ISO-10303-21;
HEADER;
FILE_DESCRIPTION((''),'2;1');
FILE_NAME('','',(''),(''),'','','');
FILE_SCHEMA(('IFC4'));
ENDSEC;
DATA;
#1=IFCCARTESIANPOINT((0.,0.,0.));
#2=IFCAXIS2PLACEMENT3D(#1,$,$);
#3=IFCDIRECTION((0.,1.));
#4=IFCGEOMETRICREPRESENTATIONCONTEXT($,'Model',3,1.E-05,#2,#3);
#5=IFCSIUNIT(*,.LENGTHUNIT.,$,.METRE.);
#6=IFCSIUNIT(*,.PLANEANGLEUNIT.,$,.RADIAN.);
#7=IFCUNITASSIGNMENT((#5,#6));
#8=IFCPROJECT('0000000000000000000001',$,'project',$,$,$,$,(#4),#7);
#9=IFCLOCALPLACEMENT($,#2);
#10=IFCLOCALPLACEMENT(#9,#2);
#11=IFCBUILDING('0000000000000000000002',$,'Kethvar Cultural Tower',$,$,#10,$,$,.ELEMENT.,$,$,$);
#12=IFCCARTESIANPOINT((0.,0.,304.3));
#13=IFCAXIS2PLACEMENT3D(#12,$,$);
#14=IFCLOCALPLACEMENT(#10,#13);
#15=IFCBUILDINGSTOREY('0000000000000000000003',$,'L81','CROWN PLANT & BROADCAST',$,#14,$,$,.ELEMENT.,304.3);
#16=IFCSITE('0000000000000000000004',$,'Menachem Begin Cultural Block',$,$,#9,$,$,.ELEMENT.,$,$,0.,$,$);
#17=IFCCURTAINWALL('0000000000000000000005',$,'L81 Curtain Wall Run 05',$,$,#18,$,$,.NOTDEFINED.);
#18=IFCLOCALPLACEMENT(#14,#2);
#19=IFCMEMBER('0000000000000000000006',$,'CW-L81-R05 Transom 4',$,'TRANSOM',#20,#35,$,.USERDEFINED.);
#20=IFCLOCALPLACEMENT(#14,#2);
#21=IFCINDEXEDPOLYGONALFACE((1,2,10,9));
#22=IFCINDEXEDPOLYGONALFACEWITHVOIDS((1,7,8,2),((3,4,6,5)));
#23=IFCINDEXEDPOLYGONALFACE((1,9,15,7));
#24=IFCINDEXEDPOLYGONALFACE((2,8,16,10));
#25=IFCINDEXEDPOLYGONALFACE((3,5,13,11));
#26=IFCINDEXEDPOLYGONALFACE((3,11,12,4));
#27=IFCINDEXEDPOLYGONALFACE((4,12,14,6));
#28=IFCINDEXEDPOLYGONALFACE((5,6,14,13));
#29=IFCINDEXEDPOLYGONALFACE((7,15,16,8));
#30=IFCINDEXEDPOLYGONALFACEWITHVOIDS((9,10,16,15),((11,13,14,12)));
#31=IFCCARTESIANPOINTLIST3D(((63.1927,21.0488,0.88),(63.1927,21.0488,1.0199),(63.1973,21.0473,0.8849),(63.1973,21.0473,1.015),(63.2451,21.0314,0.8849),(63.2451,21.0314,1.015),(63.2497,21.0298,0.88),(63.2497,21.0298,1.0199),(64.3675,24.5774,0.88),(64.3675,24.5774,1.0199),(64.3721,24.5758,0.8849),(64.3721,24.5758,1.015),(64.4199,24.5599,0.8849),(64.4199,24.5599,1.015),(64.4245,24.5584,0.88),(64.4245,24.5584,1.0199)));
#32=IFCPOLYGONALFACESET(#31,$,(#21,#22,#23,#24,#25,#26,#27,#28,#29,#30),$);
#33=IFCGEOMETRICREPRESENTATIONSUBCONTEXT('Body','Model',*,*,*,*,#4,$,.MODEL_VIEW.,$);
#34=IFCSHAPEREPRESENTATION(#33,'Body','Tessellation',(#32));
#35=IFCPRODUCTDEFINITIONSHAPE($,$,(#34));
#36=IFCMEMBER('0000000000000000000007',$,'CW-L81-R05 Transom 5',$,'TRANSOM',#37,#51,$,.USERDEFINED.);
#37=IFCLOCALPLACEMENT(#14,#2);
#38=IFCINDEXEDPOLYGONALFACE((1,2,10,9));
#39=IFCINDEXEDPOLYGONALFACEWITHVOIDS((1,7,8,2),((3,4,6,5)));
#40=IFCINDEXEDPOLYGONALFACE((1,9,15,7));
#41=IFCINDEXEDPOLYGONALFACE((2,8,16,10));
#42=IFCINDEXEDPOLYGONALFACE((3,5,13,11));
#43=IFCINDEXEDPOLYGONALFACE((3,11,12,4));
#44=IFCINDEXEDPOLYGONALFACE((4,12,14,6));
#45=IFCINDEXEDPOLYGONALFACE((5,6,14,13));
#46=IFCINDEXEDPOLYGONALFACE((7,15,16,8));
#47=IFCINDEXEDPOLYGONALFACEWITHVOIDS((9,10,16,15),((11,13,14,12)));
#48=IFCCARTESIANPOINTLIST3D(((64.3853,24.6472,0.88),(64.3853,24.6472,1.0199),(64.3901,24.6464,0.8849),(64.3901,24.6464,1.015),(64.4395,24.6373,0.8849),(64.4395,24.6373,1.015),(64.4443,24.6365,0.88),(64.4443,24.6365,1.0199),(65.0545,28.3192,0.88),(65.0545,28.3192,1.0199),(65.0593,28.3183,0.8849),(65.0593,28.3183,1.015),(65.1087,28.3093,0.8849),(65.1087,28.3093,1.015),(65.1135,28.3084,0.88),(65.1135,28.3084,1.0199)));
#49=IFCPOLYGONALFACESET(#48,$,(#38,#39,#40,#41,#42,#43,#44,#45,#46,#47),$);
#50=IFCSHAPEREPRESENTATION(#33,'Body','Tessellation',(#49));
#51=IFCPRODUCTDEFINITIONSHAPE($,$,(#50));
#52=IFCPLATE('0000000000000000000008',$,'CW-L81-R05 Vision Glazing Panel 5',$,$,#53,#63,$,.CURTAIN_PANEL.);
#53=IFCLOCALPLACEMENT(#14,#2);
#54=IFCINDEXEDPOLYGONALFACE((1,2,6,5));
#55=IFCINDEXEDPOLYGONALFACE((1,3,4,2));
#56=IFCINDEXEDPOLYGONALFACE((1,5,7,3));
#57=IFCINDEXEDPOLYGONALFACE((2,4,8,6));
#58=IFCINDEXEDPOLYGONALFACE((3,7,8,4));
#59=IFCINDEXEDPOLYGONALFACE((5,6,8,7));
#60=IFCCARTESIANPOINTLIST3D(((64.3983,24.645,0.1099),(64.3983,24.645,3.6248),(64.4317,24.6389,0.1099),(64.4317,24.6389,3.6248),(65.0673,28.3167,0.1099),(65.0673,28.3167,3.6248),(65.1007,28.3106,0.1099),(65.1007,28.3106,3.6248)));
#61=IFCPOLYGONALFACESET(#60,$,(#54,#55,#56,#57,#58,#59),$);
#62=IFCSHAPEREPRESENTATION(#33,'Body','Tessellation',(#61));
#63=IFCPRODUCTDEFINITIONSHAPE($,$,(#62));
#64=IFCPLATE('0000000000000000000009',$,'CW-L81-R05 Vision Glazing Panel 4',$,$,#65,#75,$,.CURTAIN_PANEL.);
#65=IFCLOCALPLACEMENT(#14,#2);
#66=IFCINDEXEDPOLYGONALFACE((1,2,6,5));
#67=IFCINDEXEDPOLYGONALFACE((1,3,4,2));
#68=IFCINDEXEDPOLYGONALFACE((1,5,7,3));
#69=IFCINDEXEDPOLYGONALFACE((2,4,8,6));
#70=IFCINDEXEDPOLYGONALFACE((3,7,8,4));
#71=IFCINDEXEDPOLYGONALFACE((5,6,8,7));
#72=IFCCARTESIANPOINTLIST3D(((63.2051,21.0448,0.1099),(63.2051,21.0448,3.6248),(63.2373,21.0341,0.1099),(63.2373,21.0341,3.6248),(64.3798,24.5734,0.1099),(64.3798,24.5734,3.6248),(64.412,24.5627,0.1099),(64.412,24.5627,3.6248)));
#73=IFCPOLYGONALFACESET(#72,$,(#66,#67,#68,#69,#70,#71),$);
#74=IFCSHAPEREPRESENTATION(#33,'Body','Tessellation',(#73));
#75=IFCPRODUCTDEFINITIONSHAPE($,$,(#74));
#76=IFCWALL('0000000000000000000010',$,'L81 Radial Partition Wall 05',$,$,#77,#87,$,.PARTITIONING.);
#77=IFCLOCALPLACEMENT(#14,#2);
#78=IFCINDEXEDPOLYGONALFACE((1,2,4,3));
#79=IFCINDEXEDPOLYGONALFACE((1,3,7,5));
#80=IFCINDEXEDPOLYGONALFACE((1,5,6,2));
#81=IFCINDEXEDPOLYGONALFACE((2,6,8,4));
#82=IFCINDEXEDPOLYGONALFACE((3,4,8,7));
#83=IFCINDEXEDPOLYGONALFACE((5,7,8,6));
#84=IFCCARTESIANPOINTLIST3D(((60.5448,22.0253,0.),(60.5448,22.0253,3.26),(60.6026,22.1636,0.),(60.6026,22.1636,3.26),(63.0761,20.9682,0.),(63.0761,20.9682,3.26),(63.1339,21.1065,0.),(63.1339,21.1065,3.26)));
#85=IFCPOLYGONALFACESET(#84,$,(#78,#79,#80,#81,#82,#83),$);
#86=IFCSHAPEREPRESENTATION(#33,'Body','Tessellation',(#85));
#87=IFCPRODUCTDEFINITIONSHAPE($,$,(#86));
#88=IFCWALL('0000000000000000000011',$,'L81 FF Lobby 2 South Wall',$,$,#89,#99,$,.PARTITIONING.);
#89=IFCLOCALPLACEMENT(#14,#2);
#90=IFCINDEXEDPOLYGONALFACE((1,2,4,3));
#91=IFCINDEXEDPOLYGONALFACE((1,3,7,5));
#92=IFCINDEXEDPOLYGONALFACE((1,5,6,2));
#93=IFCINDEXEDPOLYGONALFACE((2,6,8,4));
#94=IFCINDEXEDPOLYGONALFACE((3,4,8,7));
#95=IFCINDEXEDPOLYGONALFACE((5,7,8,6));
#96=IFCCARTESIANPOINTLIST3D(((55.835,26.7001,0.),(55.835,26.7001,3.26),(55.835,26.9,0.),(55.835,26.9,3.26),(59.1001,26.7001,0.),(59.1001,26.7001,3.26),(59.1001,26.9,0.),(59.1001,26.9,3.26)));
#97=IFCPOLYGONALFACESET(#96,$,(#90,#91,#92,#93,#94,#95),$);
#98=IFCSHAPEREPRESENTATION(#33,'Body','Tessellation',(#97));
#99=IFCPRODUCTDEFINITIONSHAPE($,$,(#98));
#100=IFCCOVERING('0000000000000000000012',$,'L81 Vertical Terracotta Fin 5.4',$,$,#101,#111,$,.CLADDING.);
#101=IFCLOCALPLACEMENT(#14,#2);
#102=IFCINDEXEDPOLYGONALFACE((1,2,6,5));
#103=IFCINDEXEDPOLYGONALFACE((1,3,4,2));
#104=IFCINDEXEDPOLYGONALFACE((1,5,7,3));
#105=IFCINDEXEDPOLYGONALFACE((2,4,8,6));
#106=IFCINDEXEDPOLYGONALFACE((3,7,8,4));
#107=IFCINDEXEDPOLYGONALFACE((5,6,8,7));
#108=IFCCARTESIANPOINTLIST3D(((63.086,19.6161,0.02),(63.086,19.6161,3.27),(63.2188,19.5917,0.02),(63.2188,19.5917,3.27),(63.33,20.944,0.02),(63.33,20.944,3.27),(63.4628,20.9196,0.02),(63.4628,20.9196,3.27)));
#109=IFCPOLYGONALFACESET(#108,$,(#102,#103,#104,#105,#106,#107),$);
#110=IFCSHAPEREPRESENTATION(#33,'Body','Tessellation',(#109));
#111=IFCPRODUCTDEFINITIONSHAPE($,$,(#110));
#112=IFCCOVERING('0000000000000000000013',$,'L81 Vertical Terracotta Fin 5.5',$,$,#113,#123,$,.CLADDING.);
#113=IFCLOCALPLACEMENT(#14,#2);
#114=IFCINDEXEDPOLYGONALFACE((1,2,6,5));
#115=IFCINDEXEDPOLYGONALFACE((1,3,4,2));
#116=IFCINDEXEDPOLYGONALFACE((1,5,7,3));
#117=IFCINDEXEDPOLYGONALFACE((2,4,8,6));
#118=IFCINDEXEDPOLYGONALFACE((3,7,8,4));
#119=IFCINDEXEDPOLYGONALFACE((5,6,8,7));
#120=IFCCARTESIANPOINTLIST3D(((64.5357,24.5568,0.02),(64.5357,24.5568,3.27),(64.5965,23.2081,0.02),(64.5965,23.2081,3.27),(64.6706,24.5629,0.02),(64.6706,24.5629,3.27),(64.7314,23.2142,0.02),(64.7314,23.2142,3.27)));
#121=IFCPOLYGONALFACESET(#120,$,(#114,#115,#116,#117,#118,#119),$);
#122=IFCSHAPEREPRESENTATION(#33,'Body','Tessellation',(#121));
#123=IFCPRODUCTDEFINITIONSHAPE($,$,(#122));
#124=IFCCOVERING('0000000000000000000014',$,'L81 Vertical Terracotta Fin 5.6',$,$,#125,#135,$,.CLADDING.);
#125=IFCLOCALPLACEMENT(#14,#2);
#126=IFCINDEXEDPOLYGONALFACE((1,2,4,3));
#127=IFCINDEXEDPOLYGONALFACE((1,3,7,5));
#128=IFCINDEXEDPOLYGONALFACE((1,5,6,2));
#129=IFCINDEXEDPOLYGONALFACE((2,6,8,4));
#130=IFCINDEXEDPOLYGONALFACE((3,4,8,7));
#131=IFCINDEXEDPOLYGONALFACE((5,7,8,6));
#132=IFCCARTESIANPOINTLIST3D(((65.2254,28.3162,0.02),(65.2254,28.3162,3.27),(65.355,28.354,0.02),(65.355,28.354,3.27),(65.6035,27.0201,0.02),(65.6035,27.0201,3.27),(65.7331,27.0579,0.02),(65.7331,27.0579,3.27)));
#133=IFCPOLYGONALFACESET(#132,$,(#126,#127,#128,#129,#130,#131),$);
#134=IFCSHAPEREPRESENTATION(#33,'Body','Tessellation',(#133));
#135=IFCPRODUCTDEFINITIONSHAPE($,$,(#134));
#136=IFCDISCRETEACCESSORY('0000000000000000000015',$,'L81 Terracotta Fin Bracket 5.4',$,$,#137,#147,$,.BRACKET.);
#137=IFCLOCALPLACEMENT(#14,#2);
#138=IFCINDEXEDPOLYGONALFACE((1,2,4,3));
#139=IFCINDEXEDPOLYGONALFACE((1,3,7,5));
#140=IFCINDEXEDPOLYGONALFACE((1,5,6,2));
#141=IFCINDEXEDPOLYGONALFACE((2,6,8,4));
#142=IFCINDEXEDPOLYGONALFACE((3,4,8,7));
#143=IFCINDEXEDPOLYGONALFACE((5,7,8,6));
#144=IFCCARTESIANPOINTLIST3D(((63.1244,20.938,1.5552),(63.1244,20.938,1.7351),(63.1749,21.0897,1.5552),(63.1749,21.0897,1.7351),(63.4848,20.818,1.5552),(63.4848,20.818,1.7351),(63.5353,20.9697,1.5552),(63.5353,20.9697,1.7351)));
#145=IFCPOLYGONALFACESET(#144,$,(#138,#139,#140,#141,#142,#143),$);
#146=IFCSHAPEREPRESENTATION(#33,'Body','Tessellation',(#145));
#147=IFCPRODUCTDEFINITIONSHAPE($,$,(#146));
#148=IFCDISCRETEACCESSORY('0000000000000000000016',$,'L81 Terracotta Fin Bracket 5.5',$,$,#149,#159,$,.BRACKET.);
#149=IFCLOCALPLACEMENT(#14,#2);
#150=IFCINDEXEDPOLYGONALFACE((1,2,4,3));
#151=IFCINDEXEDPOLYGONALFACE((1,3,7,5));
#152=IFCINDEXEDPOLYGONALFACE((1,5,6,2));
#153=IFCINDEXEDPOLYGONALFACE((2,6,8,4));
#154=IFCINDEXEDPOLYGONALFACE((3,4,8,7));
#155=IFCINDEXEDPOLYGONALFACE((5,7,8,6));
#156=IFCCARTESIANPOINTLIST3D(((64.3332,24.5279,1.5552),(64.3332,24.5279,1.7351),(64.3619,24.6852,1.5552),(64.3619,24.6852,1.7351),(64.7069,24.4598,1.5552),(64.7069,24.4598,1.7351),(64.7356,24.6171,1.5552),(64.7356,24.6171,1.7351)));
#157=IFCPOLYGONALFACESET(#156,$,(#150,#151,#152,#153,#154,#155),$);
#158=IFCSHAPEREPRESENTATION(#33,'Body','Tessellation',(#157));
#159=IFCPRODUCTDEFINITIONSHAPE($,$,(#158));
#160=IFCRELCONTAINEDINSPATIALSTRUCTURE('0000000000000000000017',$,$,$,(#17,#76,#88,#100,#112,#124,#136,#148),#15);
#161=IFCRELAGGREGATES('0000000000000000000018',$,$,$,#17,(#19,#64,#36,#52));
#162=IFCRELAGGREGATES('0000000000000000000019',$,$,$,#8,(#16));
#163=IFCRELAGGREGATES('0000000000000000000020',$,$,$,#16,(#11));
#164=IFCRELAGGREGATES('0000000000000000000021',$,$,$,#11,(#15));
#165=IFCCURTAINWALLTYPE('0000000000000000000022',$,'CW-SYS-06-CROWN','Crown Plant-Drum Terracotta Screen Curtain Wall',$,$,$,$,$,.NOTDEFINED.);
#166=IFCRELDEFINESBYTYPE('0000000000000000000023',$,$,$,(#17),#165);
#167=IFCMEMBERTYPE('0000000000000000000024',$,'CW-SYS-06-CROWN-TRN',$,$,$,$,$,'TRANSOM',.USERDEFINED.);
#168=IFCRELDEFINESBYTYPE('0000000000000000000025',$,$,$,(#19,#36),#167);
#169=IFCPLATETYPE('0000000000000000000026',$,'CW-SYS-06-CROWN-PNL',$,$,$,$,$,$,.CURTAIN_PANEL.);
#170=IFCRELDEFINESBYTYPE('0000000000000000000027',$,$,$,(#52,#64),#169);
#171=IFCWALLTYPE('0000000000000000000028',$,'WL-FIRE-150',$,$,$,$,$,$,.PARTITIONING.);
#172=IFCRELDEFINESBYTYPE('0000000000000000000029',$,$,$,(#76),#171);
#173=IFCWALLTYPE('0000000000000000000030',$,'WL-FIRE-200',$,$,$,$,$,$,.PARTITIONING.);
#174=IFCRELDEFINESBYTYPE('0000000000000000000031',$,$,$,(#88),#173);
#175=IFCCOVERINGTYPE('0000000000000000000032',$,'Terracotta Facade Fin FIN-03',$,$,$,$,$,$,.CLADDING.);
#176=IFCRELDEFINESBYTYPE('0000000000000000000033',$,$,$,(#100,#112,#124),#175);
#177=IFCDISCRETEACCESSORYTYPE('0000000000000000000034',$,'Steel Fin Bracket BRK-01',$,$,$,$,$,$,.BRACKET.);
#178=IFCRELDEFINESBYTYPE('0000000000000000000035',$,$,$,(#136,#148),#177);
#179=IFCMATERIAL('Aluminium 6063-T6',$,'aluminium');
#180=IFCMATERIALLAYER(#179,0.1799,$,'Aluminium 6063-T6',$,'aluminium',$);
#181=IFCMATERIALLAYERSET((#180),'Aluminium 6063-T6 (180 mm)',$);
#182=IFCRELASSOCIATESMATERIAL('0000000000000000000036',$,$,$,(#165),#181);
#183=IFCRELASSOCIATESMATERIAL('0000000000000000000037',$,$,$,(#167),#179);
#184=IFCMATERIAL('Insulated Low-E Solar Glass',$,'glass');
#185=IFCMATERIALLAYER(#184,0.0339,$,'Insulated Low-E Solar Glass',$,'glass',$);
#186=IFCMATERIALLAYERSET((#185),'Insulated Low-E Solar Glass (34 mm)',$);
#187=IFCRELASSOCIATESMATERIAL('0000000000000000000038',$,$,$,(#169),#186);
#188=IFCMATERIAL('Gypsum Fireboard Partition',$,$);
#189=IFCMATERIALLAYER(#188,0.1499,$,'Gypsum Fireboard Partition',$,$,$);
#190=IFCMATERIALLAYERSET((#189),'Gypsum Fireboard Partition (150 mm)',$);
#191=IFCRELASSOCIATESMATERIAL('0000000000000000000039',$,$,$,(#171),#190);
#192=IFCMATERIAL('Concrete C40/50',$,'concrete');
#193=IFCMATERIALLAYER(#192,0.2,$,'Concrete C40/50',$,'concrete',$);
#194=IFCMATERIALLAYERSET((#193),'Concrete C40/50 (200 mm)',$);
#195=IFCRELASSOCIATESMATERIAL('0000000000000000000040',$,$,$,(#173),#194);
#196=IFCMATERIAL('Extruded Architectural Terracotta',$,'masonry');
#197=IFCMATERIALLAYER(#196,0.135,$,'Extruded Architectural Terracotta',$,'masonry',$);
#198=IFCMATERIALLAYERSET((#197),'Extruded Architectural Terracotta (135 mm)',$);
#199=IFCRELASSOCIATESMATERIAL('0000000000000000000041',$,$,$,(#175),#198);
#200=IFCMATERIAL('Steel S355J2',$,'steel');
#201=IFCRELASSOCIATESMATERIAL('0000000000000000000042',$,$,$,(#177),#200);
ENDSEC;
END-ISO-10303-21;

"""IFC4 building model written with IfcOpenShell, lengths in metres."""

from ifc_helpers import new_model, si_unit, direction, frame, frame_2d, origin, origin_2d, place, context, subcontext, project, spatial, rectangle, hollow_rectangle, extrude, source, transform, mapped, material, layer, layer_set, material_profile, profile_set, type_object, element, aggregate, save


model = new_model("IFC4")

# Units and contexts
model_context = context("Model", 3, precision=1e-05, world=origin(), true_north=direction((0.0, 1.0)))
body_context = subcontext(model_context, "Body", "Model", "MODEL_VIEW")
ifc_project = project(units=[si_unit("LENGTHUNIT", "METRE"), si_unit("PLANEANGLEUNIT", "RADIAN")], contexts=[model_context])

# Site, building, storey
site_placement = place(None, origin())
site = spatial("IfcSite", under=ifc_project, at=site_placement, Name="Menachem Begin Cultural Block", CompositionType="ELEMENT", RefElevation=0.0)
building_placement = place(site_placement, origin())
building = spatial("IfcBuilding", under=site, at=building_placement, Name="Kethvar Cultural Tower", CompositionType="ELEMENT")
storey_placement = place(building_placement, frame((0.0, 0.0, 304.3)))
storey = spatial("IfcBuildingStorey", under=building, at=storey_placement, Name="L81", Description="CROWN PLANT & BROADCAST", CompositionType="ELEMENT", Elevation=304.3)

# Shared definitions
ifc_material_1 = material(Name="Steel S355J2", Category="steel")

# Curtain wall, members, plates
ifc_material_2 = material(Name="Aluminium 6063-T6", Category="aluminium")
ifc_layer_1 = layer(ifc_material_2, 0.1799, Name="Aluminium 6063-T6", Category="aluminium")
ifc_layer_set_1 = layer_set([ifc_layer_1], Name="Aluminium 6063-T6 (180 mm)")
curtain_wall_type = type_object("IfcCurtainWallType", Name="CW-SYS-06-CROWN", Description="Crown Plant-Drum Terracotta Screen Curtain Wall", PredefinedType="NOTDEFINED", material=ifc_layer_set_1)
curtain_wall_placement = place(storey_placement, origin())
curtain_wall = element("IfcCurtainWall", 1, at=curtain_wall_placement, inside=storey, type_object=curtain_wall_type, Name="L81 Curtain Wall Run 05", PredefinedType="NOTDEFINED")
ifc_material_profile_1 = material_profile(ifc_material_2, hollow_rectangle(XDim=0.0601, YDim=0.1399, WallThickness=0.0049, at=origin_2d()), Name="Aluminium 6063-T6 — RHS140x60x5")
ifc_profile_set_1 = profile_set([ifc_material_profile_1], Name="Aluminium 6063-T6 — RHS140x60x5")
member_type_1 = type_object("IfcMemberType", Name="CW-SYS-06-CROWN-TRN", ElementType="TRANSOM", PredefinedType="USERDEFINED", material=ifc_profile_set_1)
shared_shape_1 = source(origin(), body_context, "Body", "SweptSolid", [
    extrude(hollow_rectangle(XDim=0.0601, YDim=0.1399, WallThickness=0.0049, at=origin_2d()), origin(), (0.0, 0.0, 1.0), 3.719),
])
member_1_placement = place(storey_placement, frame((63.2212, 21.0393, 0.95), z_axis=(0.315893, 0.948795, 0.0), x_axis=(-0.948795, 0.315893, 0.0)))
member_1 = element("IfcMember", 2, at=member_1_placement, type_object=member_type_1, Name="CW-L81-R05 Transom 4", ObjectType="TRANSOM", PredefinedType="USERDEFINED", context=body_context, shape_type="MappedRepresentation", body=[
    mapped(shared_shape_1, transform((0.0, 0.0, 0.0), scale=1.0)),
])
shared_shape_2 = source(origin(), body_context, "Body", "SweptSolid", [
    extrude(hollow_rectangle(XDim=0.0601, YDim=0.1399, WallThickness=0.0049, at=origin_2d()), origin(), (0.0, 0.0, 1.0), 3.7324),
])
member_2_placement = place(storey_placement, frame((64.4148, 24.6418, 0.95), z_axis=(0.179294, 0.983796, 0.0), x_axis=(-0.983796, 0.179294, 0.0)))
member_2 = element("IfcMember", 3, at=member_2_placement, type_object=member_type_1, Name="CW-L81-R05 Transom 5", ObjectType="TRANSOM", PredefinedType="USERDEFINED", context=body_context, shape_type="MappedRepresentation", body=[
    mapped(shared_shape_2, transform((0.0, 0.0, 0.0), scale=1.0)),
])
ifc_material_3 = material(Name="Insulated Low-E Solar Glass", Category="glass")
ifc_layer_2 = layer(ifc_material_3, 0.0339, Name="Insulated Low-E Solar Glass", Category="glass")
ifc_layer_set_2 = layer_set([ifc_layer_2], Name="Insulated Low-E Solar Glass (34 mm)")
plate_type = type_object("IfcPlateType", Name="CW-SYS-06-CROWN-PNL", PredefinedType="CURTAIN_PANEL", material=ifc_layer_set_2)
shared_shape_3 = source(origin(), body_context, "Body", "SweptSolid", [
    extrude(rectangle(XDim=3.7322, YDim=0.0339, at=origin_2d()), origin(), (0.0, 0.0, 1.0), 3.5149),
])
plate_1_placement = place(storey_placement, frame((64.7495, 26.4778, 0.1099), z_axis=(0.0, 0.0, 1.0), x_axis=(0.179266, 0.983801, 0.0)))
plate_1 = element("IfcPlate", 4, at=plate_1_placement, type_object=plate_type, Name="CW-L81-R05 Vision Glazing Panel 5", PredefinedType="CURTAIN_PANEL", context=body_context, shape_type="MappedRepresentation", body=[
    mapped(shared_shape_3, transform((0.0, 0.0, 0.0), scale=1.0)),
])
shared_shape_4 = source(origin(), body_context, "Body", "SweptSolid", [
    extrude(rectangle(XDim=3.719, YDim=0.0339, at=origin_2d()), origin(), (0.0, 0.0, 1.0), 3.5149),
])
plate_2_placement = place(storey_placement, frame((63.8086, 22.8037, 0.1099), z_axis=(0.0, 0.0, 1.0), x_axis=(0.315864, 0.948804, 0.0)))
plate_2 = element("IfcPlate", 5, at=plate_2_placement, type_object=plate_type, Name="CW-L81-R05 Vision Glazing Panel 4", PredefinedType="CURTAIN_PANEL", context=body_context, shape_type="MappedRepresentation", body=[
    mapped(shared_shape_4, transform((0.0, 0.0, 0.0), scale=1.0)),
])
aggregate(curtain_wall, [member_1, plate_2, member_2, plate_1])

# Wall
ifc_material_4 = material(Name="Gypsum Fireboard Partition")
ifc_layer_3 = layer(ifc_material_4, 0.1499, Name="Gypsum Fireboard Partition")
ifc_layer_set_3 = layer_set([ifc_layer_3], Name="Gypsum Fireboard Partition (150 mm)")
wall_type_1 = type_object("IfcWallType", Name="WL-FIRE-150", PredefinedType="PARTITIONING", material=ifc_layer_set_3)
wall_1_placement = place(storey_placement, frame((60.5737, 22.0945, 0.0), z_axis=(0.0, 0.0, 1.0), x_axis=(0.922761, -0.385374, 0.0)))
element("IfcWall", 6, at=wall_1_placement, inside=storey, type_object=wall_type_1, Name="L81 Radial Partition Wall 05", PredefinedType="PARTITIONING", context=body_context, shape_type="SweptSolid", body=[
    extrude(rectangle(XDim=2.7432, YDim=0.1499, at=frame_2d((1.3716, 0.0))), origin(), (0.0, 0.0, 1.0), 3.26),
])

# Shared definitions
ifc_material_5 = material(Name="Concrete C40/50", Category="concrete")
ifc_layer_4 = layer(ifc_material_5, 0.2, Name="Concrete C40/50", Category="concrete")
ifc_layer_set_4 = layer_set([ifc_layer_4], Name="Concrete C40/50 (200 mm)")
wall_type_2 = type_object("IfcWallType", Name="WL-FIRE-200", PredefinedType="PARTITIONING", material=ifc_layer_set_4)

# Wall
wall_2_placement = place(storey_placement, frame((55.835, 26.8, 0.0), z_axis=(0.0, 0.0, 1.0), x_axis=(1.0, 0.0, 0.0)))
element("IfcWall", 7, at=wall_2_placement, inside=storey, type_object=wall_type_2, Name="L81 FF Lobby 2 South Wall", PredefinedType="PARTITIONING", context=body_context, shape_type="SweptSolid", body=[
    extrude(rectangle(XDim=3.2651, YDim=0.2, at=frame_2d((1.6326, 0.0))), origin(), (0.0, 0.0, 1.0), 3.26),
])

# Coverings
ifc_material_6 = material(Name="Extruded Architectural Terracotta", Category="masonry")
ifc_layer_5 = layer(ifc_material_6, 0.135, Name="Extruded Architectural Terracotta", Category="masonry")
ifc_layer_set_5 = layer_set([ifc_layer_5], Name="Extruded Architectural Terracotta (135 mm)")
covering_type = type_object("IfcCoveringType", Name="Terracotta Facade Fin FIN-03", PredefinedType="CLADDING", material=ifc_layer_set_5)
shared_shape_5 = source(origin(), body_context, "Body", "SweptSolid", [
    extrude(rectangle(XDim=1.3501, YDim=0.135, at=origin_2d()), origin(), (0.0, 0.0, 1.0), 3.25),
])
for number, where, z_axis, x_axis, name in (
    (8, (63.2744, 20.2678, 0.02), (0.0, 0.0, 1.0), (-0.180691, -0.98354, 0.0), "L81 Vertical Terracotta Fin 5.4"),
    (9, (64.6335, 23.8855, 0.02), (0.0, 0.0, 1.0), (0.045014, -0.998986, 0.0), "L81 Vertical Terracotta Fin 5.5"),
    (10, (65.4792, 27.687, 0.02), (0.0, 0.0, 1.0), (0.279997, -0.960001, 0.0), "L81 Vertical Terracotta Fin 5.6"),
):
    element("IfcCovering", number, at=place(storey_placement, frame(where, z_axis=z_axis, x_axis=x_axis)), inside=storey, type_object=covering_type, Name=name, PredefinedType="CLADDING", context=body_context, shape_type="MappedRepresentation", body=[
        mapped(shared_shape_5, transform((0.0, 0.0, 0.0), scale=1.0)),
    ])

# Discrete accessories
discrete_accessory_type = type_object("IfcDiscreteAccessoryType", Name="Steel Fin Bracket BRK-01", PredefinedType="BRACKET", material=ifc_material_1)
shared_shape_6 = source(origin(), body_context, "Body", "SweptSolid", [
    extrude(rectangle(XDim=0.3799, YDim=0.1599, at=origin_2d()), origin(), (0.0, 0.0, 1.0), 0.1799),
])
for number, where, z_axis, x_axis, name in (
    (11, (63.3298, 20.9539, 1.5552), (0.0, 0.0, 1.0), (0.948821, -0.315815, 0.0), "L81 Terracotta Fin Bracket 5.4"),
    (12, (64.5344, 24.5725, 1.5552), (0.0, 0.0, 1.0), (0.983791, -0.179317, 0.0), "L81 Terracotta Fin Bracket 5.5"),
):
    element("IfcDiscreteAccessory", number, at=place(storey_placement, frame(where, z_axis=z_axis, x_axis=x_axis)), inside=storey, type_object=discrete_accessory_type, Name=name, PredefinedType="BRACKET", context=body_context, shape_type="MappedRepresentation", body=[
        mapped(shared_shape_6, transform((0.0, 0.0, 0.0), scale=1.0)),
    ])

save(model, "model.ifc")
